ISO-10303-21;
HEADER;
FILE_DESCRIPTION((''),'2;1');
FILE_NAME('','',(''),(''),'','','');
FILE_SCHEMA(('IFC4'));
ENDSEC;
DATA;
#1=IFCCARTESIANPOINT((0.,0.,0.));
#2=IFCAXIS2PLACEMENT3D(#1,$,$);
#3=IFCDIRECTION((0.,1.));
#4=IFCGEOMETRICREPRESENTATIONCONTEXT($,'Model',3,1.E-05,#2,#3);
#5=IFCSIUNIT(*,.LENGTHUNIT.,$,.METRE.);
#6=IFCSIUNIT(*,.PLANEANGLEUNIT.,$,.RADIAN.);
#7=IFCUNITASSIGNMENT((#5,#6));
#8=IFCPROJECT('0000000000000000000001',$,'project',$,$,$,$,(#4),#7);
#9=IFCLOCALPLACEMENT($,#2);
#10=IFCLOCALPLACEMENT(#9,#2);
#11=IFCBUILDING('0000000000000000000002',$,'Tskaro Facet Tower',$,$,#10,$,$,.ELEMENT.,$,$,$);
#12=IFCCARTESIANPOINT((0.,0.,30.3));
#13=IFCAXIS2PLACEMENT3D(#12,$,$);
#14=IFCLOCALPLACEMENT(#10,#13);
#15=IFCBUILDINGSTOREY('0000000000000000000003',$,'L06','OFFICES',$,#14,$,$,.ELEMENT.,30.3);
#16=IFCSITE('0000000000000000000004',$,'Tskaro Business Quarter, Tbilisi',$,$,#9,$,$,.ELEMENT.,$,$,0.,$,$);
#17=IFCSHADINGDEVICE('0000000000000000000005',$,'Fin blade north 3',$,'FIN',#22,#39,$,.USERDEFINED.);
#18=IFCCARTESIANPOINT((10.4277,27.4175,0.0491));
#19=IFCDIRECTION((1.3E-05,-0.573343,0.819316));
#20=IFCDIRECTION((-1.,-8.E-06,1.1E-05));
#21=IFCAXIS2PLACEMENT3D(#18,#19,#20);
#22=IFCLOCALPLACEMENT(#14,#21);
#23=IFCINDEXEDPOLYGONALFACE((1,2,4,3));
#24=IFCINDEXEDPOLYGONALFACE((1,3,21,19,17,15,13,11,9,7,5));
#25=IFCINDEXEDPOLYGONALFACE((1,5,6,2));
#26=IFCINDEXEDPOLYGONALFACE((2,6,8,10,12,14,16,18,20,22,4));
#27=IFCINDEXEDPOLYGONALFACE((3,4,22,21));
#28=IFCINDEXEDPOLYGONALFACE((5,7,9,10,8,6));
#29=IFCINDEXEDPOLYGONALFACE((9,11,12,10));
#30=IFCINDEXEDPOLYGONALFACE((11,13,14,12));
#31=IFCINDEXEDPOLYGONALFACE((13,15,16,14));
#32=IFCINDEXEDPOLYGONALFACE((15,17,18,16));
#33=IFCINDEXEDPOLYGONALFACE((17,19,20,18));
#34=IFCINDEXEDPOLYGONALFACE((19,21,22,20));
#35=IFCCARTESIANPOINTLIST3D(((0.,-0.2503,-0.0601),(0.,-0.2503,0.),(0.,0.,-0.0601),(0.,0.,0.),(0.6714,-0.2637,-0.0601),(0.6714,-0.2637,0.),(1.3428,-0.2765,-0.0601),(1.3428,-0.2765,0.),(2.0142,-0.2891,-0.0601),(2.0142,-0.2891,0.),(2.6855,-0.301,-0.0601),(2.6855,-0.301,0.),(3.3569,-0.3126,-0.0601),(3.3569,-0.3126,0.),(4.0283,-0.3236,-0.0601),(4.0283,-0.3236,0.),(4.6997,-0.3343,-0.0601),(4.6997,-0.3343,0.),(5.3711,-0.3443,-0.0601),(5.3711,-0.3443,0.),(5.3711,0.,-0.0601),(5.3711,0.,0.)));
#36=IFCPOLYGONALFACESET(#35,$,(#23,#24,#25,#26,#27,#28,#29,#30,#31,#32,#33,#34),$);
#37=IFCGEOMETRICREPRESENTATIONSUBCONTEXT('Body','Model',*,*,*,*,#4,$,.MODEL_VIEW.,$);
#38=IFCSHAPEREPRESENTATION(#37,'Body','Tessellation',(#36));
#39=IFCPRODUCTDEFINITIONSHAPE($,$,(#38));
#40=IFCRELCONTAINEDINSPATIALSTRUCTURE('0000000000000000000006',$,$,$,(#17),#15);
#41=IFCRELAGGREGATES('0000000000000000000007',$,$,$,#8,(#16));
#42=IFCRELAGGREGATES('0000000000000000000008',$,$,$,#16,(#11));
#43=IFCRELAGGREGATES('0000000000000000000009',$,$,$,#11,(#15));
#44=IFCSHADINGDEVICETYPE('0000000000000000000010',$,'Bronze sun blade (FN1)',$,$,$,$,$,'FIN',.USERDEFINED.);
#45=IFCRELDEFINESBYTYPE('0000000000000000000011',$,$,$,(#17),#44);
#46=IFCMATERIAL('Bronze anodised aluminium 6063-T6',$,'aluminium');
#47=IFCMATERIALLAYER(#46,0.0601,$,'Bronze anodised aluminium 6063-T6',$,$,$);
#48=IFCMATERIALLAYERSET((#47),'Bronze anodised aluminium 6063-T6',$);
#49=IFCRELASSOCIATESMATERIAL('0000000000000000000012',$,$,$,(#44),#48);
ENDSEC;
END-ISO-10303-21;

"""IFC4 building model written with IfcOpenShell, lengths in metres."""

from ifc_helpers import new_model, si_unit, direction, frame, origin, place, context, subcontext, project, spatial, polyline, outline, extrude, material, layer, layer_set, type_object, element, save


model = new_model("IFC4")

# Units and contexts
model_context = context("Model", 3, precision=1e-05, world=origin(), true_north=direction((0.0, 1.0)))
body_context = subcontext(model_context, "Body", "Model", "MODEL_VIEW")
ifc_project = project(units=[si_unit("LENGTHUNIT", "METRE"), si_unit("PLANEANGLEUNIT", "RADIAN")], contexts=[model_context])

# Site, building, storey
site_placement = place(None, origin())
site = spatial("IfcSite", under=ifc_project, at=site_placement, Name="Tskaro Business Quarter, Tbilisi", CompositionType="ELEMENT", RefElevation=0.0)
building_placement = place(site_placement, origin())
building = spatial("IfcBuilding", under=site, at=building_placement, Name="Tskaro Facet Tower", CompositionType="ELEMENT")
storey_placement = place(building_placement, frame((0.0, 0.0, 30.3)))
storey = spatial("IfcBuildingStorey", under=building, at=storey_placement, Name="L06", Description="OFFICES", CompositionType="ELEMENT", Elevation=30.3)

# Shared definitions
ifc_material_1 = material(Name="Bronze anodised aluminium 6063-T6", Category="aluminium")

# Shading device
ifc_layer_1 = layer(ifc_material_1, 0.0601, Name="Bronze anodised aluminium 6063-T6")
ifc_layer_set_1 = layer_set([ifc_layer_1], Name="Bronze anodised aluminium 6063-T6")
shading_device_type = type_object("IfcShadingDeviceType", Name="Bronze sun blade (FN1)", ElementType="FIN", PredefinedType="USERDEFINED", material=ifc_layer_set_1)
shading_device_1_placement = place(storey_placement, frame((10.4277, 27.4175, 0.0491), z_axis=(0.000013, -0.573343, 0.819316), x_axis=(-1.0, -0.000008, 0.000011)))
element("IfcShadingDevice", 1, at=shading_device_1_placement, inside=storey, type_object=shading_device_type, Name="Fin blade north 3", ObjectType="FIN", PredefinedType="USERDEFINED", context=body_context, shape_type="SweptSolid", body=[
    extrude(outline(polyline([(0.0, 0.0), (5.3711, 0.0), (5.3711, -0.3443), (4.6997, -0.3343), (4.0283, -0.3236), (3.3569, -0.3126), (2.6855, -0.301), (2.0142, -0.2891), (1.3428, -0.2765), (0.6714, -0.2637), (0.0, -0.2503), (0.0, 0.0)])), origin(), (0.0, 0.0, -1.0), 0.0601),
])

save(model, "model.ifc")
